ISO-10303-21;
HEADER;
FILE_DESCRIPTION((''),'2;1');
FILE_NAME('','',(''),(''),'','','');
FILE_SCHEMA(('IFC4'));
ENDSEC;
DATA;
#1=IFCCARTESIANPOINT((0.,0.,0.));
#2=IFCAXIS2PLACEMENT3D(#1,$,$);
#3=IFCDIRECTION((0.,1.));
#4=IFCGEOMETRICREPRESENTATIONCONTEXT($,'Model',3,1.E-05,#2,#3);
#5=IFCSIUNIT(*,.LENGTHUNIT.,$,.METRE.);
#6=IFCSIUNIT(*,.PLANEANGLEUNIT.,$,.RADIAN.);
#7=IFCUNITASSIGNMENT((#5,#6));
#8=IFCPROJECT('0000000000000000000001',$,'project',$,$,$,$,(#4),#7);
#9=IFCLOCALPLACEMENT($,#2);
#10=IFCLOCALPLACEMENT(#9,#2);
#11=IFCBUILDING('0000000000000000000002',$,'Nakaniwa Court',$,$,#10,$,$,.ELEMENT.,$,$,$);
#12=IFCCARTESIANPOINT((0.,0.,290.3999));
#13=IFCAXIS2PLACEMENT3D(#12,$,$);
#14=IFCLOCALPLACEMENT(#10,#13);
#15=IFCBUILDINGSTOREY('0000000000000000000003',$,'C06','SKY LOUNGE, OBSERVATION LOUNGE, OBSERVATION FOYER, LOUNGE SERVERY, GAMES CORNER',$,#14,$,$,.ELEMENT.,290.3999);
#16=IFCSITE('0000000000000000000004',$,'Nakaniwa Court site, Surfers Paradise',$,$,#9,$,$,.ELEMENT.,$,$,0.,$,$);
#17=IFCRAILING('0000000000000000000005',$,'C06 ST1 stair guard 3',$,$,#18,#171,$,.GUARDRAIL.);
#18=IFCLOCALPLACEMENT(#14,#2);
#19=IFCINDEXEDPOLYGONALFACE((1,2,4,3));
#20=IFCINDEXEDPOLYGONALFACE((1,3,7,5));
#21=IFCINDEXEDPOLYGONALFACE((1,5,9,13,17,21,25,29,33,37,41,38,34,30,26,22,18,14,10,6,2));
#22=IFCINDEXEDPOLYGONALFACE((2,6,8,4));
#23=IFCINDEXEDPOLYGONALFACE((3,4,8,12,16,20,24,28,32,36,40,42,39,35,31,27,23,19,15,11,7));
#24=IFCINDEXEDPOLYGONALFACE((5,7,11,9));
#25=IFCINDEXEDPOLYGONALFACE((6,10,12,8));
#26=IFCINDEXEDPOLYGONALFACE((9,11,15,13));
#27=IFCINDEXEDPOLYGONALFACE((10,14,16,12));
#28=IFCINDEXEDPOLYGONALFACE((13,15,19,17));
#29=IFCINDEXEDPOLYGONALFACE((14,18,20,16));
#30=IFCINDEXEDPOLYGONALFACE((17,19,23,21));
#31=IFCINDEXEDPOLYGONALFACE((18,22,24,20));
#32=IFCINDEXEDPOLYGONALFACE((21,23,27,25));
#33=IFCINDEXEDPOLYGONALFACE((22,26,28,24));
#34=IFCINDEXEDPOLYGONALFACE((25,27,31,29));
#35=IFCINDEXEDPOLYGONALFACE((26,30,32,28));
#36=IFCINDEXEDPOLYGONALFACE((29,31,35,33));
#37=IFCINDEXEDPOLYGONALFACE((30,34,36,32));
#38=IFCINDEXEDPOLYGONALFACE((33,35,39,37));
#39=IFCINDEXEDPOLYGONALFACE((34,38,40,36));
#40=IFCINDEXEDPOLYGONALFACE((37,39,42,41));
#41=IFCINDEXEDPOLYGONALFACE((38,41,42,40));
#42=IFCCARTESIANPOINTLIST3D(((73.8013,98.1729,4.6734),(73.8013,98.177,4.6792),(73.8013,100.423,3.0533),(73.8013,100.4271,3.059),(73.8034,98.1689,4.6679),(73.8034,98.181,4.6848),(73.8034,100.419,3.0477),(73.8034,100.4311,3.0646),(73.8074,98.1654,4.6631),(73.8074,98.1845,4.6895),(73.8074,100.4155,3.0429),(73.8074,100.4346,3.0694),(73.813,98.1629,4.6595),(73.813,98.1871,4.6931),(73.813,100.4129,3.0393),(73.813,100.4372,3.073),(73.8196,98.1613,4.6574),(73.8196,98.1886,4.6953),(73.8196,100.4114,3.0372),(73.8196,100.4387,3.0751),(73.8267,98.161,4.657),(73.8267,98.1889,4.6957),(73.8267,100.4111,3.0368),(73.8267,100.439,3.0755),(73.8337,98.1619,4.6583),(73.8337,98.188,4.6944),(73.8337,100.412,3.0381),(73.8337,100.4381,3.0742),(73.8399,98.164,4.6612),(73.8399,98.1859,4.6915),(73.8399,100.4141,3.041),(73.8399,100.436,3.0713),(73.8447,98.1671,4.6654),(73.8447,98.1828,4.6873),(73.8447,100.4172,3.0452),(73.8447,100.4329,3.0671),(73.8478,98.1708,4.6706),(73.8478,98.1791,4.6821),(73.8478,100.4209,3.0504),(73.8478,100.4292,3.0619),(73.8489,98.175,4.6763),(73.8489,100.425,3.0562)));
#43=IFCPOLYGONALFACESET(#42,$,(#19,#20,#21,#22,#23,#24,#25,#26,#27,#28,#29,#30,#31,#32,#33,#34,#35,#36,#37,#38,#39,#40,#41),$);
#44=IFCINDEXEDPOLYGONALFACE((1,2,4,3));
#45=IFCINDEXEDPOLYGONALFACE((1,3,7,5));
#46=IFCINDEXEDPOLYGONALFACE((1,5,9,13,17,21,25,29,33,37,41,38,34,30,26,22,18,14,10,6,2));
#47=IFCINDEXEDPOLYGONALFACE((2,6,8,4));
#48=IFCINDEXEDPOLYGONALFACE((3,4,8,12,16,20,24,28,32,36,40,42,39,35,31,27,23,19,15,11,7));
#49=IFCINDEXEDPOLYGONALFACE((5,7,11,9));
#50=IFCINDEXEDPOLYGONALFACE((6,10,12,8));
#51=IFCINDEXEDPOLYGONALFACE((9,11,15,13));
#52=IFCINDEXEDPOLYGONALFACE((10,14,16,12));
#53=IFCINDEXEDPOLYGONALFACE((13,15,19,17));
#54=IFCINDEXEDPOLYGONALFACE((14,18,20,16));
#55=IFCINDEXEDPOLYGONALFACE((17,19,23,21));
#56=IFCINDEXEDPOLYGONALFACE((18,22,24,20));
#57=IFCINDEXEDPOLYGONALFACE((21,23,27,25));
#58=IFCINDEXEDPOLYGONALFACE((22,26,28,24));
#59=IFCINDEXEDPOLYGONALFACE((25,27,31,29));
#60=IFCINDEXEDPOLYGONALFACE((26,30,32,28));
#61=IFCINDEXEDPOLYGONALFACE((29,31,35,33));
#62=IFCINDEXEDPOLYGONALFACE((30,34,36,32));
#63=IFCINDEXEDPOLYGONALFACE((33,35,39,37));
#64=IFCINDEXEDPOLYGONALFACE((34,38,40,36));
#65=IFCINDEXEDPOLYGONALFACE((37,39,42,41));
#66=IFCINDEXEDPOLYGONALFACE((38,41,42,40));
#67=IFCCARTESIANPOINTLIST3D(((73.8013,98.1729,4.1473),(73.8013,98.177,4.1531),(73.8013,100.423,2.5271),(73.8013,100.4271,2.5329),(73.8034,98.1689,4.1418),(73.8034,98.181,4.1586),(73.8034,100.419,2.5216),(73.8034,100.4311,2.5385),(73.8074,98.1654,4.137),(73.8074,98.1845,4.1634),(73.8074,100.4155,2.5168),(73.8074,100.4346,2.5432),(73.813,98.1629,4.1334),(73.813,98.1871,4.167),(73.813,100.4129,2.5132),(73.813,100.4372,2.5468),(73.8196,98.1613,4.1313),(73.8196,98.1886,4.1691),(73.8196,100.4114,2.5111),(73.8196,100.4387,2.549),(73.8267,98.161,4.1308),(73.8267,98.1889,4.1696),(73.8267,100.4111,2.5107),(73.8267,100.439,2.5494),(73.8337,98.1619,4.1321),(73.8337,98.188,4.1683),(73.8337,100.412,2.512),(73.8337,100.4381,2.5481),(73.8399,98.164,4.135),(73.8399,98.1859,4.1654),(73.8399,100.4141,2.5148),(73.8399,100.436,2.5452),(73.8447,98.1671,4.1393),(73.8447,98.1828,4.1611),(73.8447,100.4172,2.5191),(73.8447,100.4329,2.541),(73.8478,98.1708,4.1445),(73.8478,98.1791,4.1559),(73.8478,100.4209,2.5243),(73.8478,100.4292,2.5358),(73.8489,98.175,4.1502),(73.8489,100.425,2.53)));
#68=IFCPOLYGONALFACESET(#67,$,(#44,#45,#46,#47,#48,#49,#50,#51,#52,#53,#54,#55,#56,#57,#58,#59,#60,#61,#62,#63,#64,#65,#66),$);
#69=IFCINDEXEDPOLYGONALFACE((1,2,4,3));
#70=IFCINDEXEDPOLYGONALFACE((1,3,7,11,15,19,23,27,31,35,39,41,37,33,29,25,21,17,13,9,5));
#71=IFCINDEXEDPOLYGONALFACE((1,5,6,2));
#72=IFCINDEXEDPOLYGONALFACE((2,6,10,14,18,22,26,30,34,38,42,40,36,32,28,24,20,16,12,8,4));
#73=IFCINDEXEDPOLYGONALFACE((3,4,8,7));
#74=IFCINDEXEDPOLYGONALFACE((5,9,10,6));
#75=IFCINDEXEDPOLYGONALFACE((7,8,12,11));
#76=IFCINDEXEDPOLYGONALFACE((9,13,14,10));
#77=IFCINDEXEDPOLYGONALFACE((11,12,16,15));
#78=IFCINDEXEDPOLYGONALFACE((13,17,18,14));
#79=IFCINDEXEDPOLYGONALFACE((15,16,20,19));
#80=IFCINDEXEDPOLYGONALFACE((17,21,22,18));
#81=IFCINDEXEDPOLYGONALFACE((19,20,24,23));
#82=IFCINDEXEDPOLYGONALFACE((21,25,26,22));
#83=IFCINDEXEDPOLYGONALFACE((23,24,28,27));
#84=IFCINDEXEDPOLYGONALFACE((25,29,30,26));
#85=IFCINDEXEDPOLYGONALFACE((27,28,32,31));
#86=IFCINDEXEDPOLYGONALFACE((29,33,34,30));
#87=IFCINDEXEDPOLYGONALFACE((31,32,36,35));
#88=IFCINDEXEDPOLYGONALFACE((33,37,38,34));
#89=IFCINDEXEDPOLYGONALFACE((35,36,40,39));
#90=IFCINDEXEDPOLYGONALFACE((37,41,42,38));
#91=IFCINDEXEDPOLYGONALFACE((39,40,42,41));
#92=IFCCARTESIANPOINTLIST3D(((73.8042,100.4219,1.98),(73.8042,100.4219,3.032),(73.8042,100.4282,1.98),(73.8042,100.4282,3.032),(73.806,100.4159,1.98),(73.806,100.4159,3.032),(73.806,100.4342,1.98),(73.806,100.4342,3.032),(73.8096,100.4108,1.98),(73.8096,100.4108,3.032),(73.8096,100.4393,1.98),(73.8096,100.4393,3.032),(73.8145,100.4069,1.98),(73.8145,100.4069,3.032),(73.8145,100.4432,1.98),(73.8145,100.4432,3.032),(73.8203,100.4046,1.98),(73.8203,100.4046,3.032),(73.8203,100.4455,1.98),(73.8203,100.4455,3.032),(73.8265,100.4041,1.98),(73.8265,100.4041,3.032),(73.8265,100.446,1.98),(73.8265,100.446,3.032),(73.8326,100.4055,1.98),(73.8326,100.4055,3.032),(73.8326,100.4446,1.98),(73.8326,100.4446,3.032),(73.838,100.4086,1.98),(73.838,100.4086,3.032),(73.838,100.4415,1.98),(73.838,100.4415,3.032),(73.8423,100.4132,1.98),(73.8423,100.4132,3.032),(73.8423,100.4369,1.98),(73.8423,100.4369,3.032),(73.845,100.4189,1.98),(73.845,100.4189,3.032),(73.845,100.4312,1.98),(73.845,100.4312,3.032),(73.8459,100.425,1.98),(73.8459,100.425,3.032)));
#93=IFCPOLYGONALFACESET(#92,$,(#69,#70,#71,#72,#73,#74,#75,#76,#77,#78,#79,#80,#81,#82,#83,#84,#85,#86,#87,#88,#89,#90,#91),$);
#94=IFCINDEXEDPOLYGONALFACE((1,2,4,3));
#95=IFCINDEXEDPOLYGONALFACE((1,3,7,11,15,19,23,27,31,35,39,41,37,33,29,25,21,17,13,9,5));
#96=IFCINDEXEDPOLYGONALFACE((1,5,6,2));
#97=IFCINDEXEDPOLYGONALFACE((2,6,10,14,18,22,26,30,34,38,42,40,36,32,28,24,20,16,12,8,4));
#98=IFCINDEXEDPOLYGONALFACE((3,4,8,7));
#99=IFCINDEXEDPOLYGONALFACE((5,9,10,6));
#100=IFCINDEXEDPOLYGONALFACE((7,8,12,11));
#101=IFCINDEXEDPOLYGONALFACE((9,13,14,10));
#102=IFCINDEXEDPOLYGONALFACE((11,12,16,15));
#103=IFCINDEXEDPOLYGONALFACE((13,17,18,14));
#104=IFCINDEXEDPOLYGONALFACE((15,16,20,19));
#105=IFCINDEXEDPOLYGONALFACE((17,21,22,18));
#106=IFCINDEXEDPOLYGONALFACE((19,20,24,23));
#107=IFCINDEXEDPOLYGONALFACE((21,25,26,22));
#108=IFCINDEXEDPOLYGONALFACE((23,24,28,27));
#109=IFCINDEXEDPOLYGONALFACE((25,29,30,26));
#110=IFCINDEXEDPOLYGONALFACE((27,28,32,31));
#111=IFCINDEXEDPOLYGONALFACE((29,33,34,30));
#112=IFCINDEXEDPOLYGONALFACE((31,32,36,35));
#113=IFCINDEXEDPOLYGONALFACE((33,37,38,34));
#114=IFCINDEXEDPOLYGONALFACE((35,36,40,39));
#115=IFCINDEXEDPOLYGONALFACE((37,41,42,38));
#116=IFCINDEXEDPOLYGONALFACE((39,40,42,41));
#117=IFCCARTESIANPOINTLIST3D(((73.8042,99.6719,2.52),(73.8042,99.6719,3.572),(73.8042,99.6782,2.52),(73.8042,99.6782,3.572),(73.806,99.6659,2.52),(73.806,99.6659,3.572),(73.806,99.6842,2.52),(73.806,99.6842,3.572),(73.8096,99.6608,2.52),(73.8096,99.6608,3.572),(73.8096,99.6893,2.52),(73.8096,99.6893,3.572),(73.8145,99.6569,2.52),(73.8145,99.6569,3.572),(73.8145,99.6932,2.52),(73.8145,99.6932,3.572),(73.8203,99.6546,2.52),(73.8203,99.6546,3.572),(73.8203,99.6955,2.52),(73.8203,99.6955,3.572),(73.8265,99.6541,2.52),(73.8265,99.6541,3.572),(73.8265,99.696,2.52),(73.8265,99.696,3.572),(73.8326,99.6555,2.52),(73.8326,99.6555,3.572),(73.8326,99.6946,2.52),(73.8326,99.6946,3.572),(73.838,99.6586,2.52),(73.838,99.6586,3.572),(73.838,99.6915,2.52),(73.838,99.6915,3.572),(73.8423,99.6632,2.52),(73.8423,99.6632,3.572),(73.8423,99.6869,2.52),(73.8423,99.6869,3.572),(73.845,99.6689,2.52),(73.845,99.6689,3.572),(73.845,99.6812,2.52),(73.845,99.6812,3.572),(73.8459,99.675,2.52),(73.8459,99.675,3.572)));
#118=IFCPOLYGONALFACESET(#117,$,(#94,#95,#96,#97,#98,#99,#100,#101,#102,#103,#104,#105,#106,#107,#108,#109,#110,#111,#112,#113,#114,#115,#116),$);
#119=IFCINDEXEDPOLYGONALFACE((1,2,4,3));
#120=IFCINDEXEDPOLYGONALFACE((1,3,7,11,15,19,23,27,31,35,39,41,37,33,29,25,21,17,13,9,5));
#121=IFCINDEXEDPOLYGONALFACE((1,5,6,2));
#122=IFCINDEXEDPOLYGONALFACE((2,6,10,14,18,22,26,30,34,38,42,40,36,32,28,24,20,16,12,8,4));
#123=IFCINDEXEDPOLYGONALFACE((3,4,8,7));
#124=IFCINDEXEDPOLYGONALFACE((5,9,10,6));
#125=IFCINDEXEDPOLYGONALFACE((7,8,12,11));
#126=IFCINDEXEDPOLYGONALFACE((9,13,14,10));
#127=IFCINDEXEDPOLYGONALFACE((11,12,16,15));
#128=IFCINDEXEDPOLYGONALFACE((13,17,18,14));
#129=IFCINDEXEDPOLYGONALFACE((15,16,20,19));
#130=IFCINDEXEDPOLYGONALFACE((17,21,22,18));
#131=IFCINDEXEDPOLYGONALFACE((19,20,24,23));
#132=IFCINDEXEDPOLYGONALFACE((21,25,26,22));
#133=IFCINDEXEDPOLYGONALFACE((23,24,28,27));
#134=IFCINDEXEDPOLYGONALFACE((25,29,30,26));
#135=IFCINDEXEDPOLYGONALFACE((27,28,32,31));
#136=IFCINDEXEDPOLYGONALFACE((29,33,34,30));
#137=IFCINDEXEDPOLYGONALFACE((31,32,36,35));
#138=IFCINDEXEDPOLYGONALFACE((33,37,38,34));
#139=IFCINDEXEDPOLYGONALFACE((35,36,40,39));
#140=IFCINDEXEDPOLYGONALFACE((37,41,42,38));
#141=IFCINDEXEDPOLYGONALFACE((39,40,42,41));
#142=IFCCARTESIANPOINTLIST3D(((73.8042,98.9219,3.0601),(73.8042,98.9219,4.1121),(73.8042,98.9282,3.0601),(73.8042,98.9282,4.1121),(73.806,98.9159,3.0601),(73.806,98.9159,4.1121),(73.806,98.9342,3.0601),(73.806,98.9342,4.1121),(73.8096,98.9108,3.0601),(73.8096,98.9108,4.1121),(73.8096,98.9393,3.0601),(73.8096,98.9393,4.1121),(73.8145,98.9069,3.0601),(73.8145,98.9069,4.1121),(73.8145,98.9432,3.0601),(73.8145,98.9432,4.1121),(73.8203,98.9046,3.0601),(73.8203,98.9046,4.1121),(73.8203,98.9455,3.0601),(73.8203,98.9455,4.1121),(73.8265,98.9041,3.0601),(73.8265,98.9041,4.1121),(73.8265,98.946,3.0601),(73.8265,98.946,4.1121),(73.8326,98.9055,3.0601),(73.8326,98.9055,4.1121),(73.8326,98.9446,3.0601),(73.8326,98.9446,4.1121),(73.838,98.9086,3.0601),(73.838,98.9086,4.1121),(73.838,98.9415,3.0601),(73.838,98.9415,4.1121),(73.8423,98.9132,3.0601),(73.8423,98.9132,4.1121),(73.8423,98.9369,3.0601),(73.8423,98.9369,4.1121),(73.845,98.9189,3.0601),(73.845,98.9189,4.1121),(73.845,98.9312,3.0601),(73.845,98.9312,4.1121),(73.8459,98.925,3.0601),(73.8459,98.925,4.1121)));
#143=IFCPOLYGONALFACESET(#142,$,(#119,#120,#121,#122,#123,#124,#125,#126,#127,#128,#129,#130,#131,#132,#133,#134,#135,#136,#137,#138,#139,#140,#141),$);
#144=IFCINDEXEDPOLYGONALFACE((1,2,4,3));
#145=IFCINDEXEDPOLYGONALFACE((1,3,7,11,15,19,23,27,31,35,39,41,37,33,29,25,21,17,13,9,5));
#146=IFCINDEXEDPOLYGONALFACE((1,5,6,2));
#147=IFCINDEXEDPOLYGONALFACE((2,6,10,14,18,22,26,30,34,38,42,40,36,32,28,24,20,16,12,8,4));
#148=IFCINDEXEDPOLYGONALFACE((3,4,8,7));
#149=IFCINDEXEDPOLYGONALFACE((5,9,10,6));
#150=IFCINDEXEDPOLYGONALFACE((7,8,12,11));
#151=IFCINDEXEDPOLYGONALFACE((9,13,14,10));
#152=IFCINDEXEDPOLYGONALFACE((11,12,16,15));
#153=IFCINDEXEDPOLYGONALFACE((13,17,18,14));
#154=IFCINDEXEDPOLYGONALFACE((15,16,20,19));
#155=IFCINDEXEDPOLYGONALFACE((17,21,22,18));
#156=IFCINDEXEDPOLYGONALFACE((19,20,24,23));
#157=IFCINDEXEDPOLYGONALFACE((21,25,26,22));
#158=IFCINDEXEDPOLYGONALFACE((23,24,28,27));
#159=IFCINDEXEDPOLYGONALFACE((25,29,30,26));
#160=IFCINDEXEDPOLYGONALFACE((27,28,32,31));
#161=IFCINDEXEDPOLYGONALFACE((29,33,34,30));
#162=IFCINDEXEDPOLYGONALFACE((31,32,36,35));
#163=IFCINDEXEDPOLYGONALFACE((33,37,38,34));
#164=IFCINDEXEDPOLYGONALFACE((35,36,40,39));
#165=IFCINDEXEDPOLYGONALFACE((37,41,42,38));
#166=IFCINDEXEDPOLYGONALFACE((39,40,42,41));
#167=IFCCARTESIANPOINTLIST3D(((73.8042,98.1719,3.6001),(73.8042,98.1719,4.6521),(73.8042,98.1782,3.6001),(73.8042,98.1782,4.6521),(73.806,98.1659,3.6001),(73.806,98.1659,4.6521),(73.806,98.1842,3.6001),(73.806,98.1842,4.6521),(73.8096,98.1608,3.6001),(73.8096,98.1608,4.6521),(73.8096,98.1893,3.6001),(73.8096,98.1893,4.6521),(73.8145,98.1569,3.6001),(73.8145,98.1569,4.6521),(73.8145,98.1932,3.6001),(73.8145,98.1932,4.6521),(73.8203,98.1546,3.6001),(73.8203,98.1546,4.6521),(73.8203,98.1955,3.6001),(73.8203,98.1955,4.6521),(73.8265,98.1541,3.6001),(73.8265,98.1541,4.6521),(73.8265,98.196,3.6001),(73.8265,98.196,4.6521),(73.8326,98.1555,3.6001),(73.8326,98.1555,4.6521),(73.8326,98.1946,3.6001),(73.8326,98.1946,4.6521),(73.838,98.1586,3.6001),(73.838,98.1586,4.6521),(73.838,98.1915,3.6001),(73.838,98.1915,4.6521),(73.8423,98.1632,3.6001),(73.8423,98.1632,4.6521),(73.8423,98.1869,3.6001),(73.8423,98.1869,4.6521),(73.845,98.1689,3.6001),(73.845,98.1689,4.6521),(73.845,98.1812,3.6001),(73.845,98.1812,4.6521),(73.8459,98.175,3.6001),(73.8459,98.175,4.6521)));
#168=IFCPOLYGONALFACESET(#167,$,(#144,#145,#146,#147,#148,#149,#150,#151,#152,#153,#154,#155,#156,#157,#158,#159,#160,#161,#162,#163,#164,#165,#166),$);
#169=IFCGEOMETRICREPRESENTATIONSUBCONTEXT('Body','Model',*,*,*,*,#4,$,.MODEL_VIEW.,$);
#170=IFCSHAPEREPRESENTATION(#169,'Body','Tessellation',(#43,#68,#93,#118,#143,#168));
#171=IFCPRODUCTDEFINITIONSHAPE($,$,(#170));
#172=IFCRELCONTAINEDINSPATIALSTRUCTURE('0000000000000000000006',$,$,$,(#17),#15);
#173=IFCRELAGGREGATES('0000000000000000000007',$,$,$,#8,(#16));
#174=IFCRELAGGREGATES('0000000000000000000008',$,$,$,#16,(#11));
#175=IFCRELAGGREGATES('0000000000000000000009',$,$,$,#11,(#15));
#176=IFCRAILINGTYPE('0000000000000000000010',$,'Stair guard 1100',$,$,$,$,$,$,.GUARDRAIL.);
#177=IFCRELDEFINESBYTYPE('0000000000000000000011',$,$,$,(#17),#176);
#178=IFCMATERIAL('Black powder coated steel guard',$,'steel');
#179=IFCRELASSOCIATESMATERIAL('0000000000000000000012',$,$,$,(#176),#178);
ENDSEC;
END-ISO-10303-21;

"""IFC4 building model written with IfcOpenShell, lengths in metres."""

from ifc_helpers import new_model, si_unit, direction, frame, origin, origin_2d, place, context, subcontext, project, spatial, circle, extrude, material, type_object, element, save


model = new_model("IFC4")

# Units and contexts
model_context = context("Model", 3, precision=1e-05, world=origin(), true_north=direction((0.0, 1.0)))
body_context = subcontext(model_context, "Body", "Model", "MODEL_VIEW")
ifc_project = project(units=[si_unit("LENGTHUNIT", "METRE"), si_unit("PLANEANGLEUNIT", "RADIAN")], contexts=[model_context])

# Site, building, storey
site_placement = place(None, origin())
site = spatial("IfcSite", under=ifc_project, at=site_placement, Name="Nakaniwa Court site, Surfers Paradise", CompositionType="ELEMENT", RefElevation=0.0)
building_placement = place(site_placement, origin())
building = spatial("IfcBuilding", under=site, at=building_placement, Name="Nakaniwa Court", CompositionType="ELEMENT")
storey_placement = place(building_placement, frame((0.0, 0.0, 290.3999)))
storey = spatial("IfcBuildingStorey", under=building, at=storey_placement, Name="C06", Description="SKY LOUNGE, OBSERVATION LOUNGE, OBSERVATION FOYER, LOUNGE SERVERY, GAMES CORNER", CompositionType="ELEMENT", Elevation=290.3999)

# Railing
ifc_material_1 = material(Name="Black powder coated steel guard", Category="steel")
railing_type_1 = type_object("IfcRailingType", Name="Stair guard 1100", PredefinedType="GUARDRAIL", material=ifc_material_1)
railing_1_placement = place(storey_placement, frame((73.825, 100.425, 1.98)))
element("IfcRailing", 1, at=railing_1_placement, inside=storey, type_object=railing_type_1, Name="C06 ST1 stair guard 3", PredefinedType="GUARDRAIL", context=body_context, shape_type="SweptSolid", body=[
    extrude(circle(Radius=0.0239, at=origin_2d()), frame((0.0, 0.0, 1.0762), z_axis=(0.0, -0.811514, 0.584333), x_axis=(1.0, 0.0, 0.0)), (0.0, 0.0, 1.0), 2.7727),
    extrude(circle(Radius=0.0239, at=origin_2d()), frame((0.0, 0.0, 0.55), z_axis=(0.0, -0.811514, 0.584333), x_axis=(1.0, 0.0, 0.0)), (0.0, 0.0, 1.0), 2.7727),
    extrude(circle(Radius=0.021, at=origin_2d()), origin(), (0.0, 0.0, 1.0), 1.052),
    extrude(circle(Radius=0.021, at=origin_2d()), frame((0.0, -0.75, 0.54)), (0.0, 0.0, 1.0), 1.052),
    extrude(circle(Radius=0.021, at=origin_2d()), frame((0.0, -1.5, 1.0801)), (0.0, 0.0, 1.0), 1.052),
    extrude(circle(Radius=0.021, at=origin_2d()), frame((0.0, -2.25, 1.6201)), (0.0, 0.0, 1.0), 1.052),
])

save(model, "model.ifc")
